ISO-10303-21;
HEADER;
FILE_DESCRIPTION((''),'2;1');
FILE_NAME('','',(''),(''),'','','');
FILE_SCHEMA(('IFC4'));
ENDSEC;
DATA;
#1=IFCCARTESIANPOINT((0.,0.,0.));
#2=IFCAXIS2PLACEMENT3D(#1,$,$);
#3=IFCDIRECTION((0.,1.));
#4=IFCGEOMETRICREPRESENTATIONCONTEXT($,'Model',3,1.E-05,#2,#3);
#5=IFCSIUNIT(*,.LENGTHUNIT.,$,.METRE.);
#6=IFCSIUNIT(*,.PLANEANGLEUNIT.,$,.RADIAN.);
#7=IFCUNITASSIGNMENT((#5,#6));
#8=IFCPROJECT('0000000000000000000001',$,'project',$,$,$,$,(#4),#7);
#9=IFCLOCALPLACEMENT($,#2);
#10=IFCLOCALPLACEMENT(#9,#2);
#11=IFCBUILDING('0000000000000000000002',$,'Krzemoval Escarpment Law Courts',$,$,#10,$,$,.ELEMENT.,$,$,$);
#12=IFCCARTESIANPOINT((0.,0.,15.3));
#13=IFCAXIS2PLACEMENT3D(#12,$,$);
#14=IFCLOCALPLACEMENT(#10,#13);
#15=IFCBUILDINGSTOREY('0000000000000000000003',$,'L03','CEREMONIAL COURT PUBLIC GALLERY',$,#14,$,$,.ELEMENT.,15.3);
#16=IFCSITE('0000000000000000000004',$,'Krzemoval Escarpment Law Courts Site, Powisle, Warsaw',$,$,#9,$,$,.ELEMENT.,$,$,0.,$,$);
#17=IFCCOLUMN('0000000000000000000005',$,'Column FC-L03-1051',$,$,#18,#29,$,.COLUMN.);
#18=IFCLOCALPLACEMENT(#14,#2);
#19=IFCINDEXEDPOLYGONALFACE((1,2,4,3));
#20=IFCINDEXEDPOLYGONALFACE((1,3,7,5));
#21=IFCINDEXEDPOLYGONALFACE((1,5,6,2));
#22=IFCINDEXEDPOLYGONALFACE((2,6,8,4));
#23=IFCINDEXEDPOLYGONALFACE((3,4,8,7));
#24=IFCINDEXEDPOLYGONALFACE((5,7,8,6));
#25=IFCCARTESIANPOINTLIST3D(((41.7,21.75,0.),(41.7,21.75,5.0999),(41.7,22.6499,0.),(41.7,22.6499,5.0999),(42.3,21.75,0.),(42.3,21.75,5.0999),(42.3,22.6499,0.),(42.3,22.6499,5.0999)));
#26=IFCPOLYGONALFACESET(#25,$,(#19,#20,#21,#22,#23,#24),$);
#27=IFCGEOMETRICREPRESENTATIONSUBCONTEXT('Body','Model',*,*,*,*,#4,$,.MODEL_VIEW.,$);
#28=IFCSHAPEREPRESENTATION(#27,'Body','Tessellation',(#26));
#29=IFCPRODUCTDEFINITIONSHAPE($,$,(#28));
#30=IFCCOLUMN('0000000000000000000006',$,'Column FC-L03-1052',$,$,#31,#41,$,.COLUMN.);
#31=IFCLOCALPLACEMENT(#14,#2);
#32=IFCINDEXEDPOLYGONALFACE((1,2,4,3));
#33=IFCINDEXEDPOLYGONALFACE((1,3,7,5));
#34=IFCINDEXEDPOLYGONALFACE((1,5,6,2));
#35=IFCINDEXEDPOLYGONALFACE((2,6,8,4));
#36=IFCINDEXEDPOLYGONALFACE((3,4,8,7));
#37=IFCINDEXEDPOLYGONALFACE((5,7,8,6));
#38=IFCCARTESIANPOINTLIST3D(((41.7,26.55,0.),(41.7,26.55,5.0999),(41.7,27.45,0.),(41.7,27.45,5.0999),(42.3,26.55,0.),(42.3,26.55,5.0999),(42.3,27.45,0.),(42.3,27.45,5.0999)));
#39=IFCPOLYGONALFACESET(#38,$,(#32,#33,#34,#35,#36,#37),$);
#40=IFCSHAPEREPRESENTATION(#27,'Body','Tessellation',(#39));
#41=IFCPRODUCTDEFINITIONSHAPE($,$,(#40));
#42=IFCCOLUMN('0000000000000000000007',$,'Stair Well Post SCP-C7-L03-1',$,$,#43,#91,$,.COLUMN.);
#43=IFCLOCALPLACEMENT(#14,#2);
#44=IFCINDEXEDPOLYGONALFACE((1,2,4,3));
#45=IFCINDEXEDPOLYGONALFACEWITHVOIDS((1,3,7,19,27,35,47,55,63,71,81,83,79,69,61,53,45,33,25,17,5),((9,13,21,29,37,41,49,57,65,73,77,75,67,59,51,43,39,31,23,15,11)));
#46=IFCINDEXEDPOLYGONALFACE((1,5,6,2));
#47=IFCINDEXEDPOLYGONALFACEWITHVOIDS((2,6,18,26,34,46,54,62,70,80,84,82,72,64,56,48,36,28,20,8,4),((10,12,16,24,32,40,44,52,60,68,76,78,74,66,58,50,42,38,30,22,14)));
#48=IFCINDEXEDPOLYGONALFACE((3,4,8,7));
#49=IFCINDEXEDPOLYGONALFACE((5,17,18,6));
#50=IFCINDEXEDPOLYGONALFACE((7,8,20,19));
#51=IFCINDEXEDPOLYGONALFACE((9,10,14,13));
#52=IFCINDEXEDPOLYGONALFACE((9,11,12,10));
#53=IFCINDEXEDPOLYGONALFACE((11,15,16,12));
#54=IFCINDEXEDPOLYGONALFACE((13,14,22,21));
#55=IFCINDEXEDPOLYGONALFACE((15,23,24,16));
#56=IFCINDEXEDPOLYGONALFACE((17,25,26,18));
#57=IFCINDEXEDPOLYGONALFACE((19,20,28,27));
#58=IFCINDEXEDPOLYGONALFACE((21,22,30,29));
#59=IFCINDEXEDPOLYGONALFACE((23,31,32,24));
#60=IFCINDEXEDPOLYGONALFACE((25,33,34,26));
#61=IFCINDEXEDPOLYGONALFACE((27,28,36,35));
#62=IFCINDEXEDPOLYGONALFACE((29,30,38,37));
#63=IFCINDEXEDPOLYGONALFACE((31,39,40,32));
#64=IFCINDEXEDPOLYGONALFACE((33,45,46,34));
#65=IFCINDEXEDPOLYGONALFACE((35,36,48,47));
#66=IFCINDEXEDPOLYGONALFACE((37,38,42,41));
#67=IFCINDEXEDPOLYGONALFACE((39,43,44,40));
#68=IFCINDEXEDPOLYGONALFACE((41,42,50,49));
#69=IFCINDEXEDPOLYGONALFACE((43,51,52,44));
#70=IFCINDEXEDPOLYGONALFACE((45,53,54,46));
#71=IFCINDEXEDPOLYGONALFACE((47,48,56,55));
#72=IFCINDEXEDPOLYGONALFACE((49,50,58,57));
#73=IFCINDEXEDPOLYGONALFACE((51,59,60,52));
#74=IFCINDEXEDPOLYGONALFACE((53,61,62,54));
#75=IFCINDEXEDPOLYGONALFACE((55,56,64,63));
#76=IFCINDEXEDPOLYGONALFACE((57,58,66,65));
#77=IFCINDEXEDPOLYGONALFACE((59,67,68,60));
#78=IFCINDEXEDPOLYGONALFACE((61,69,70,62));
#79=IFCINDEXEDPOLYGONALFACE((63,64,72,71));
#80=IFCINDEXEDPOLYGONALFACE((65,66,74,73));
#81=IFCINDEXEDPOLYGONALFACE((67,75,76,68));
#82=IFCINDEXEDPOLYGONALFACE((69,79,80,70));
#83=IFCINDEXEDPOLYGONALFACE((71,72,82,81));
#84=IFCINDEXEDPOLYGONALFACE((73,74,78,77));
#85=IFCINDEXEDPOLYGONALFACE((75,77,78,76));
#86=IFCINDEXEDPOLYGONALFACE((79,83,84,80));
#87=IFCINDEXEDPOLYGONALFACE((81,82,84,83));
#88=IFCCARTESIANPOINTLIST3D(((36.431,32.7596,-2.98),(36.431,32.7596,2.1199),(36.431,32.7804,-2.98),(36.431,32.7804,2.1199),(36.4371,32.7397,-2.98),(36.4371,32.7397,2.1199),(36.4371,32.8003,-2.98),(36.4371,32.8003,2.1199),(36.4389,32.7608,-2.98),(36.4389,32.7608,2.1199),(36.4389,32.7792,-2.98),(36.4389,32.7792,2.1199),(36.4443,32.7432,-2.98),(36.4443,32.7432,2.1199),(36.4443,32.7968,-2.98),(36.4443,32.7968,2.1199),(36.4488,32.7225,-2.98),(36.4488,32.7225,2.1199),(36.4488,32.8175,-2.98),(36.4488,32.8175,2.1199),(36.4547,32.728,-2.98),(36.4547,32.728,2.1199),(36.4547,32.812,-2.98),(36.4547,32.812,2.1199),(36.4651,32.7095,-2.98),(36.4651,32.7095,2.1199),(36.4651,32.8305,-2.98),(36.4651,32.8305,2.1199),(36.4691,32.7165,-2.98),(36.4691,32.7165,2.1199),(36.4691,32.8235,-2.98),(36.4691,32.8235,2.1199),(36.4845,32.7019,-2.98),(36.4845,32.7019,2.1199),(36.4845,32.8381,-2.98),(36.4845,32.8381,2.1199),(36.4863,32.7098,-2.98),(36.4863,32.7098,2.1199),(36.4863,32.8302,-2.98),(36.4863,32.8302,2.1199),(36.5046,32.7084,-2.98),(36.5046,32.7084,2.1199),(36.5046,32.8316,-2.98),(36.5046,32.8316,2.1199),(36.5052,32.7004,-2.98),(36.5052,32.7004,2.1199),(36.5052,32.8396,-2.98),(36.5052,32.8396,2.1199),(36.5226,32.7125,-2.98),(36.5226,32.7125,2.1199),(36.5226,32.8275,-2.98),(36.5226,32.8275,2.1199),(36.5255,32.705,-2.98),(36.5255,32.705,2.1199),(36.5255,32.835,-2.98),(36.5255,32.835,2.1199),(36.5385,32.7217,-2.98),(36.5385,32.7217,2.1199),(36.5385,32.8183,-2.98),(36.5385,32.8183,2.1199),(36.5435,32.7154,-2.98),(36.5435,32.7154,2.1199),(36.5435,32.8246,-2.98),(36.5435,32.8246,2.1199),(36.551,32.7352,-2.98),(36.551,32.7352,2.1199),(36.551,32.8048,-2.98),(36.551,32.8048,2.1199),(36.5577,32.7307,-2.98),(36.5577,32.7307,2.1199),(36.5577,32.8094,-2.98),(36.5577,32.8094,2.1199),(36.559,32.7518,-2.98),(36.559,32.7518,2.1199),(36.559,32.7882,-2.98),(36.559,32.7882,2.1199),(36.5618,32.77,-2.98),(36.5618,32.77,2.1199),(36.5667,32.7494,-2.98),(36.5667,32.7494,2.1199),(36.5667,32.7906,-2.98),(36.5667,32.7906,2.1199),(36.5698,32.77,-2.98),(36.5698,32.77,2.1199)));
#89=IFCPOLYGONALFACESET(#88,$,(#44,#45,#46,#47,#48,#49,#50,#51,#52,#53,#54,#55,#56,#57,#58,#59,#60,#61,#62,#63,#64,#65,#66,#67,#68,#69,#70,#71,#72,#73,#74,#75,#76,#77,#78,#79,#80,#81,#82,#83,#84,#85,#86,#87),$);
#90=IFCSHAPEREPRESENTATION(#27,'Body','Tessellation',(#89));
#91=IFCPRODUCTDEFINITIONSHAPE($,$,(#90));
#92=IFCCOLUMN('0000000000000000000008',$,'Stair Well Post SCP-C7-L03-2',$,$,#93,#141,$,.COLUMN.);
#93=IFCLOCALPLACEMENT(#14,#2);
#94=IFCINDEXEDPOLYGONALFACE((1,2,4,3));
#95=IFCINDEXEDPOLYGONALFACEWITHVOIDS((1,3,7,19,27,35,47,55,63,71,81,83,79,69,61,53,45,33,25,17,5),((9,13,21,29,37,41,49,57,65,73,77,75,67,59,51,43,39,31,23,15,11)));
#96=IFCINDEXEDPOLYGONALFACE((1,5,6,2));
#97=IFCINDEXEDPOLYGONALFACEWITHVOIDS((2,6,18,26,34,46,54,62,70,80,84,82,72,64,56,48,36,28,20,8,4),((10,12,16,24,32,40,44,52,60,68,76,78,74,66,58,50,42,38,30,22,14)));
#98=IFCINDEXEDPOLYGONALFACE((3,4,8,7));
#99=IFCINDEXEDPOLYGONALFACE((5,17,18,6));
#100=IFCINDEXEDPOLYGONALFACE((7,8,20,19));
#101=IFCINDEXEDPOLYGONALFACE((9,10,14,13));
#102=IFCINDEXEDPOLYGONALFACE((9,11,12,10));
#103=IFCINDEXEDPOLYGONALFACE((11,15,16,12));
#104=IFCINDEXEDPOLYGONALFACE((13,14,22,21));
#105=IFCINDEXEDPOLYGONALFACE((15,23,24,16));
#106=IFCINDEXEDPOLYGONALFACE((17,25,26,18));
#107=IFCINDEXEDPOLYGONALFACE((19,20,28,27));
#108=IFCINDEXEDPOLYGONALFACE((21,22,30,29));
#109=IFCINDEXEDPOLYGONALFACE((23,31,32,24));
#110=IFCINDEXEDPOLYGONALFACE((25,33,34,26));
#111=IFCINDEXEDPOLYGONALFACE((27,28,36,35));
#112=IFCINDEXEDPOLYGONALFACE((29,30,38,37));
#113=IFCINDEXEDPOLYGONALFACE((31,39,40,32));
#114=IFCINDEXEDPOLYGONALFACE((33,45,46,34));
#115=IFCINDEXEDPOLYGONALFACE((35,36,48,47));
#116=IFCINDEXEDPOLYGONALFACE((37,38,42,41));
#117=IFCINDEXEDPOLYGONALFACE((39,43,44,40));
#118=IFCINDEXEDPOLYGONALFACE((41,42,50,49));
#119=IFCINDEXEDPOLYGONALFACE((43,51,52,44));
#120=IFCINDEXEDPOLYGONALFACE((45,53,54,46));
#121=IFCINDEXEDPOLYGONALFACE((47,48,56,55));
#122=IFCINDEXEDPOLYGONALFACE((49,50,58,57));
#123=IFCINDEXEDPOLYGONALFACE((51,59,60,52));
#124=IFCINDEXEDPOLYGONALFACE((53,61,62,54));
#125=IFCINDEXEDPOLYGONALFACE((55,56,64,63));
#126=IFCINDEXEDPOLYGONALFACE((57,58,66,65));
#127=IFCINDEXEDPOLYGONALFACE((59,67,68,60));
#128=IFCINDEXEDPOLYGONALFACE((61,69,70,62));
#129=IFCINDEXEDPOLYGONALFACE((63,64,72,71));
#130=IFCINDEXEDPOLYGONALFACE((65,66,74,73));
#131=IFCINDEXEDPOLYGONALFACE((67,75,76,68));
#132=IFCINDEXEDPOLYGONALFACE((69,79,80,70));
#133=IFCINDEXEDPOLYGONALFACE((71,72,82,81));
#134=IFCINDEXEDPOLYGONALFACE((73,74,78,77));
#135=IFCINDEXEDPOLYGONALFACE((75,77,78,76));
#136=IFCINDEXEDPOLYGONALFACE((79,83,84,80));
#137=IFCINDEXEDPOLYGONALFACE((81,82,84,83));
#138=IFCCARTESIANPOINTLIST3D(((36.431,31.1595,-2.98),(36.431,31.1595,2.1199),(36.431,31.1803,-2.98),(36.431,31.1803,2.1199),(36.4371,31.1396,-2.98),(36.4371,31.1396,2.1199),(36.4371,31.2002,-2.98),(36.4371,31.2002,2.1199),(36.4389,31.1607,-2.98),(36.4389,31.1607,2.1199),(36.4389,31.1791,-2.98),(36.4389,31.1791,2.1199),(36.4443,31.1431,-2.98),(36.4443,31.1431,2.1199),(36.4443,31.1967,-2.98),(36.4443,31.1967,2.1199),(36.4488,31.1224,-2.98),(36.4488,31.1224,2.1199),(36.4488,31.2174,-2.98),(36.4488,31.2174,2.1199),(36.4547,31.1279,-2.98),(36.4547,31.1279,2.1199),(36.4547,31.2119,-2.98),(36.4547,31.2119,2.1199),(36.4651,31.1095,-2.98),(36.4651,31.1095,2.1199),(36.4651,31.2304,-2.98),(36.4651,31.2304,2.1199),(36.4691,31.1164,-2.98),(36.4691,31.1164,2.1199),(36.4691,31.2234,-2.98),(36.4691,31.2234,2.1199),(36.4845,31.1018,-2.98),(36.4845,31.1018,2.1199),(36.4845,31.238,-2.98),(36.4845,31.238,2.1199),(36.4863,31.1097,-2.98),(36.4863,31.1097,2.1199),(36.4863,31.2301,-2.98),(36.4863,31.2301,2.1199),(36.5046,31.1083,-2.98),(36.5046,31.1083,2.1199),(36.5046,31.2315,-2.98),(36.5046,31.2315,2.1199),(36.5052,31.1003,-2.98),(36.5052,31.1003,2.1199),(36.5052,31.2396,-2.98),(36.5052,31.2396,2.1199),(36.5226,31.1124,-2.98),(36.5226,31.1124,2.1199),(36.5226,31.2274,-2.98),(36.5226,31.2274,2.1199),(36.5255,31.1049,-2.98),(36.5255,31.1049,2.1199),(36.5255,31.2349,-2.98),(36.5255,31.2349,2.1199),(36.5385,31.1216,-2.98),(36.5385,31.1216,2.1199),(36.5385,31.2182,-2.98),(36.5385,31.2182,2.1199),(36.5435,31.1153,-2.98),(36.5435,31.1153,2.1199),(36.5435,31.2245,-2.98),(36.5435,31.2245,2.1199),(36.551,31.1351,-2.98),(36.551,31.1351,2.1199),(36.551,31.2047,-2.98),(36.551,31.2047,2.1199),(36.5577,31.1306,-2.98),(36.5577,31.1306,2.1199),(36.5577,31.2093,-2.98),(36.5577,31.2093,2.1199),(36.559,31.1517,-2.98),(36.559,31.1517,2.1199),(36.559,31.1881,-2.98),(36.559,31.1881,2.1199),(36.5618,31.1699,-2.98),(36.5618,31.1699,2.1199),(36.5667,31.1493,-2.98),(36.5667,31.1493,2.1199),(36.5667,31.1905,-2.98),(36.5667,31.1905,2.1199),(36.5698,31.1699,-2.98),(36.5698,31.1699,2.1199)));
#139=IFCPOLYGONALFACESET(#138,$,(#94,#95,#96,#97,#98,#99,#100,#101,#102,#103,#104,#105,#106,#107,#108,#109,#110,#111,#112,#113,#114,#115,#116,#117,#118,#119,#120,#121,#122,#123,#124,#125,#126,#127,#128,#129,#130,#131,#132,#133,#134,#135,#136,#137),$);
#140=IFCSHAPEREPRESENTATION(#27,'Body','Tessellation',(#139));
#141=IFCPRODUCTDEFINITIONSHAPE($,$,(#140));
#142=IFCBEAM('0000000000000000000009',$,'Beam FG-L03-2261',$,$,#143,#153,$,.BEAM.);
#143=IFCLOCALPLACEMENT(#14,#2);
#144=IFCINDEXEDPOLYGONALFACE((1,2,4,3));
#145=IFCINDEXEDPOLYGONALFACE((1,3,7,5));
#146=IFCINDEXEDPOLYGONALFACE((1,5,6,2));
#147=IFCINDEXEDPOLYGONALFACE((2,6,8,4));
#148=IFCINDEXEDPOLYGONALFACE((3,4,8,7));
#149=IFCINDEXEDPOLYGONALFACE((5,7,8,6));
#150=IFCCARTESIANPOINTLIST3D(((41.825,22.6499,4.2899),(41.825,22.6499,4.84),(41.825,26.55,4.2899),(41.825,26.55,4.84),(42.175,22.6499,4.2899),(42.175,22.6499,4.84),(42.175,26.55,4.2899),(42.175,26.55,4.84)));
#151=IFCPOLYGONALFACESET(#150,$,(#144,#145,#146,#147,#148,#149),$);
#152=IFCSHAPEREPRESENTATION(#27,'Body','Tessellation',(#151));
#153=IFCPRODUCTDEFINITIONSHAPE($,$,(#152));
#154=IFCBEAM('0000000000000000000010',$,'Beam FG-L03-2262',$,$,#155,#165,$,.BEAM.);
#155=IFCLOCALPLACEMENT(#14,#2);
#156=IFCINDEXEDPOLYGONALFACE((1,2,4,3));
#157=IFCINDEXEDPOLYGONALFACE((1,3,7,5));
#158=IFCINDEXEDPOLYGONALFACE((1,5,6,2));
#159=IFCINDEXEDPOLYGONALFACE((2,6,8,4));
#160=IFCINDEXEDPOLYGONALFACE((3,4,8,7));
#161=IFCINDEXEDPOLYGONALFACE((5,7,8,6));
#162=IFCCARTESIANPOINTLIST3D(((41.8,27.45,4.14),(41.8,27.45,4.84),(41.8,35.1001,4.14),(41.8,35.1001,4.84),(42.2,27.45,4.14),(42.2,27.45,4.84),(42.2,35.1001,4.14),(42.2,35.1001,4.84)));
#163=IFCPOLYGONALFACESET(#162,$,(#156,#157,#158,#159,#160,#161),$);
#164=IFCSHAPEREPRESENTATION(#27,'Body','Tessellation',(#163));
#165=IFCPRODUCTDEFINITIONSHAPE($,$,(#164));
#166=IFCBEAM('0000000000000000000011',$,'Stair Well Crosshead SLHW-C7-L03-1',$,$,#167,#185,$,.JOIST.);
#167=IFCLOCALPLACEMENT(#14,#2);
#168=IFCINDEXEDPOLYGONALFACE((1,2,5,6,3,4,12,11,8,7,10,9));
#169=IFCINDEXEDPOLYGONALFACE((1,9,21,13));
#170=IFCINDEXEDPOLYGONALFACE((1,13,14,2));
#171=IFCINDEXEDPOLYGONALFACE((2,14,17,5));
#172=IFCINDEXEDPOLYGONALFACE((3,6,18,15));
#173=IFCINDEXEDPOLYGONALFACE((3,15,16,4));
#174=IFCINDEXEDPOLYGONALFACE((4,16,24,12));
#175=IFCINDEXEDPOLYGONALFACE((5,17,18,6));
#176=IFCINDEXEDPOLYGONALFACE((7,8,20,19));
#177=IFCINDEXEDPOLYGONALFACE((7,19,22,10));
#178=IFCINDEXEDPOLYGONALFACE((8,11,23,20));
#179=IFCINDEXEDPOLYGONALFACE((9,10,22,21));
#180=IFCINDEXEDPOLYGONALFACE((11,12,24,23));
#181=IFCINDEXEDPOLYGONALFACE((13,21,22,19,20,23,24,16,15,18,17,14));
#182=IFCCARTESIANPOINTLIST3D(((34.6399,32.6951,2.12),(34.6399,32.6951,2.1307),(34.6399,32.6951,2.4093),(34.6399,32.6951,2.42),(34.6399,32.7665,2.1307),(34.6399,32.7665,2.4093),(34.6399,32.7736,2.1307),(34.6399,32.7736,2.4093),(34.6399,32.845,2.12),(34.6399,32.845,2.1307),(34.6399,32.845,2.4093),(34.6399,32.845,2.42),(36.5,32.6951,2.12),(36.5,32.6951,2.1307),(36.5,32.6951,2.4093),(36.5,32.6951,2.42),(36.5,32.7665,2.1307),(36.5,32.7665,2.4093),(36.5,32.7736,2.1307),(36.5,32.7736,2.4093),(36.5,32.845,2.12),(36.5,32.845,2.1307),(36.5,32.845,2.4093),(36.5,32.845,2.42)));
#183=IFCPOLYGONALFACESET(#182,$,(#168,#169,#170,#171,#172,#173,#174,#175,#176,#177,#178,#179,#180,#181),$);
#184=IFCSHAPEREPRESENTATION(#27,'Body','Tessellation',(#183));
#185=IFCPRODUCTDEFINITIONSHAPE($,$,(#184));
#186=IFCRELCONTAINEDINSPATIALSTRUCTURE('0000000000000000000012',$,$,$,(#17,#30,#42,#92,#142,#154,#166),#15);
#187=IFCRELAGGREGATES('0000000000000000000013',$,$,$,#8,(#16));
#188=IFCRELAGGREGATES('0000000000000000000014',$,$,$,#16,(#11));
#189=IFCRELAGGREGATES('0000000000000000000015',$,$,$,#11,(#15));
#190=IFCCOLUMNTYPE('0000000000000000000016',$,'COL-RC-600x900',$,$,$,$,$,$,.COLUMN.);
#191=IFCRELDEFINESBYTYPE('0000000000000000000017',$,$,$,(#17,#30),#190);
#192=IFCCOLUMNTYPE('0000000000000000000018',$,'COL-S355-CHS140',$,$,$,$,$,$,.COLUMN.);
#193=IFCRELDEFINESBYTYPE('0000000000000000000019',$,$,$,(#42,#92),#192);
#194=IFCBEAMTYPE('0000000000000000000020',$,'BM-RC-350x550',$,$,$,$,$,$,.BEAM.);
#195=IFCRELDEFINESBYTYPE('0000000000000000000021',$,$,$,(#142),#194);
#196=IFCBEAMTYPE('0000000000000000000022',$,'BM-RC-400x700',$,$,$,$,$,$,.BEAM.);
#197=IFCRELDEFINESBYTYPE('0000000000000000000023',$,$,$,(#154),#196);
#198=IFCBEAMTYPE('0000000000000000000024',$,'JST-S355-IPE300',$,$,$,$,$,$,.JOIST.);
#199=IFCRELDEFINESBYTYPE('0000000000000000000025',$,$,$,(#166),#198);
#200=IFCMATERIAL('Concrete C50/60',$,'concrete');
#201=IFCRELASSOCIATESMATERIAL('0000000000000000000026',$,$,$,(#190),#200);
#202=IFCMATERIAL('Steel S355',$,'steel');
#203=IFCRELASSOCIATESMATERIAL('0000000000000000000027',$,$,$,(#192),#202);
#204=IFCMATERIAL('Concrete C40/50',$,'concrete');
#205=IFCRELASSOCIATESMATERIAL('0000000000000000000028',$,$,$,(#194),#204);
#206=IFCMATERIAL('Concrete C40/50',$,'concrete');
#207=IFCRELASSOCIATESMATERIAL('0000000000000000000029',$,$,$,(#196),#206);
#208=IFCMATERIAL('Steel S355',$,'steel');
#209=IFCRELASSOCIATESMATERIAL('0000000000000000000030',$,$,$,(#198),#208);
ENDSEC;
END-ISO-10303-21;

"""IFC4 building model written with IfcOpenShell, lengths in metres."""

from ifc_helpers import new_model, si_unit, direction, frame, origin, origin_2d, place, context, subcontext, project, spatial, rectangle, hollow_circle, i_section, extrude, material, material_profile, profile_set, type_object, element, save


model = new_model("IFC4")

# Units and contexts
model_context = context("Model", 3, precision=1e-05, world=origin(), true_north=direction((0.0, 1.0)))
body_context = subcontext(model_context, "Body", "Model", "MODEL_VIEW")
ifc_project = project(units=[si_unit("LENGTHUNIT", "METRE"), si_unit("PLANEANGLEUNIT", "RADIAN")], contexts=[model_context])

# Site, building, storey
site_placement = place(None, origin())
site = spatial("IfcSite", under=ifc_project, at=site_placement, Name="Krzemoval Escarpment Law Courts Site, Powisle, Warsaw", CompositionType="ELEMENT", RefElevation=0.0)
building_placement = place(site_placement, origin())
building = spatial("IfcBuilding", under=site, at=building_placement, Name="Krzemoval Escarpment Law Courts", CompositionType="ELEMENT")
storey_placement = place(building_placement, frame((0.0, 0.0, 15.3)))
storey = spatial("IfcBuildingStorey", under=building, at=storey_placement, Name="L03", Description="CEREMONIAL COURT PUBLIC GALLERY", CompositionType="ELEMENT", Elevation=15.3)

# Columns
ifc_material_1 = material(Name="Concrete C50/60", Category="concrete")
ifc_material_profile_1 = material_profile(ifc_material_1, rectangle(XDim=0.6001, YDim=0.8999, at=origin_2d()), Name="RC 600x900")
ifc_profile_set_1 = profile_set([ifc_material_profile_1], Name="Concrete C50/60")
column_type_1 = type_object("IfcColumnType", Name="COL-RC-600x900", PredefinedType="COLUMN", material=ifc_profile_set_1)
for number, where, z_axis, x_axis, name in (
    (1, (42.0, 22.2, 0.0), (0.0, 0.0, 1.0), (1.0, 0.0, 0.0), "Column FC-L03-1051"),
    (2, (42.0, 27.0, 0.0), (0.0, 0.0, 1.0), (1.0, 0.0, 0.0), "Column FC-L03-1052"),
):
    element("IfcColumn", number, at=place(storey_placement, frame(where, z_axis=z_axis, x_axis=x_axis)), inside=storey, type_object=column_type_1, Name=name, PredefinedType="COLUMN", context=body_context, shape_type="SweptSolid", body=[
        extrude(rectangle(XDim=0.6001, YDim=0.8999, at=origin_2d()), origin(), (0.0, 0.0, 1.0), 5.0999),
    ])
ifc_material_2 = material(Name="Steel S355", Category="steel")
ifc_material_profile_2 = material_profile(ifc_material_2, hollow_circle(Radius=0.0698, WallThickness=0.0081, at=origin_2d()), Name="CHS 139.7x8")
ifc_profile_set_2 = profile_set([ifc_material_profile_2], Name="Steel S355")
column_type_2 = type_object("IfcColumnType", Name="COL-S355-CHS140", PredefinedType="COLUMN", material=ifc_profile_set_2)
for number, where, z_axis, x_axis, name in (
    (3, (36.5, 32.77, -2.98), (0.0, 0.0, 1.0), (1.0, 0.0, 0.0), "Stair Well Post SCP-C7-L03-1"),
    (4, (36.5, 31.1699, -2.98), (0.0, 0.0, 1.0), (1.0, 0.0, 0.0), "Stair Well Post SCP-C7-L03-2"),
):
    element("IfcColumn", number, at=place(storey_placement, frame(where, z_axis=z_axis, x_axis=x_axis)), inside=storey, type_object=column_type_2, Name=name, PredefinedType="COLUMN", context=body_context, shape_type="SweptSolid", body=[
        extrude(hollow_circle(Radius=0.0698, WallThickness=0.0081, at=origin_2d()), origin(), (0.0, 0.0, 1.0), 5.0999),
    ])

# Beams
ifc_material_3 = material(Name="Concrete C40/50", Category="concrete")
ifc_material_profile_3 = material_profile(ifc_material_3, rectangle(XDim=0.3501, YDim=0.55, at=origin_2d()), Name="RCB 350x550")
ifc_profile_set_3 = profile_set([ifc_material_profile_3], Name="Concrete C40/50")
beam_type_1 = type_object("IfcBeamType", Name="BM-RC-350x550", PredefinedType="BEAM", material=ifc_profile_set_3)
beam_1_placement = place(storey_placement, frame((42.0, 22.6499, 4.5649), z_axis=(0.0, 1.0, 0.0), x_axis=(-1.0, 0.0, 0.0)))
element("IfcBeam", 5, at=beam_1_placement, inside=storey, type_object=beam_type_1, Name="Beam FG-L03-2261", PredefinedType="BEAM", context=body_context, shape_type="SweptSolid", body=[
    extrude(rectangle(XDim=0.3501, YDim=0.55, at=origin_2d()), origin(), (0.0, 0.0, 1.0), 3.9001),
])
ifc_material_4 = material(Name="Concrete C40/50", Category="concrete")
ifc_material_profile_4 = material_profile(ifc_material_4, rectangle(XDim=0.3999, YDim=0.7, at=origin_2d()), Name="RCB 400x700")
ifc_profile_set_4 = profile_set([ifc_material_profile_4], Name="Concrete C40/50")
beam_type_2 = type_object("IfcBeamType", Name="BM-RC-400x700", PredefinedType="BEAM", material=ifc_profile_set_4)
beam_2_placement = place(storey_placement, frame((42.0, 27.45, 4.49), z_axis=(0.0, 1.0, 0.0), x_axis=(-1.0, 0.0, 0.0)))
element("IfcBeam", 6, at=beam_2_placement, inside=storey, type_object=beam_type_2, Name="Beam FG-L03-2262", PredefinedType="BEAM", context=body_context, shape_type="SweptSolid", body=[
    extrude(rectangle(XDim=0.3999, YDim=0.7, at=origin_2d()), origin(), (0.0, 0.0, 1.0), 7.6501),
])
ifc_material_5 = material(Name="Steel S355", Category="steel")
ifc_material_profile_5 = material_profile(ifc_material_5, i_section(OverallWidth=0.1499, OverallDepth=0.3, WebThickness=0.0071, FlangeThickness=0.0107, at=origin_2d()), Name="IPE 300")
ifc_profile_set_5 = profile_set([ifc_material_profile_5], Name="Steel S355")
beam_type_3 = type_object("IfcBeamType", Name="JST-S355-IPE300", PredefinedType="JOIST", material=ifc_profile_set_5)
for number, where, z_axis, x_axis, name in (
    (7, (36.5, 32.77, 2.27), (-1.0, 0.0, 0.0), (0.0, -1.0, 0.0), "Stair Well Crosshead SLHW-C7-L03-1"),
):
    element("IfcBeam", number, at=place(storey_placement, frame(where, z_axis=z_axis, x_axis=x_axis)), inside=storey, type_object=beam_type_3, Name=name, PredefinedType="JOIST", context=body_context, shape_type="SweptSolid", body=[
        extrude(i_section(OverallWidth=0.1499, OverallDepth=0.3, WebThickness=0.0071, FlangeThickness=0.0107, at=origin_2d()), origin(), (0.0, 0.0, 1.0), 1.8601),
    ])

save(model, "model.ifc")
